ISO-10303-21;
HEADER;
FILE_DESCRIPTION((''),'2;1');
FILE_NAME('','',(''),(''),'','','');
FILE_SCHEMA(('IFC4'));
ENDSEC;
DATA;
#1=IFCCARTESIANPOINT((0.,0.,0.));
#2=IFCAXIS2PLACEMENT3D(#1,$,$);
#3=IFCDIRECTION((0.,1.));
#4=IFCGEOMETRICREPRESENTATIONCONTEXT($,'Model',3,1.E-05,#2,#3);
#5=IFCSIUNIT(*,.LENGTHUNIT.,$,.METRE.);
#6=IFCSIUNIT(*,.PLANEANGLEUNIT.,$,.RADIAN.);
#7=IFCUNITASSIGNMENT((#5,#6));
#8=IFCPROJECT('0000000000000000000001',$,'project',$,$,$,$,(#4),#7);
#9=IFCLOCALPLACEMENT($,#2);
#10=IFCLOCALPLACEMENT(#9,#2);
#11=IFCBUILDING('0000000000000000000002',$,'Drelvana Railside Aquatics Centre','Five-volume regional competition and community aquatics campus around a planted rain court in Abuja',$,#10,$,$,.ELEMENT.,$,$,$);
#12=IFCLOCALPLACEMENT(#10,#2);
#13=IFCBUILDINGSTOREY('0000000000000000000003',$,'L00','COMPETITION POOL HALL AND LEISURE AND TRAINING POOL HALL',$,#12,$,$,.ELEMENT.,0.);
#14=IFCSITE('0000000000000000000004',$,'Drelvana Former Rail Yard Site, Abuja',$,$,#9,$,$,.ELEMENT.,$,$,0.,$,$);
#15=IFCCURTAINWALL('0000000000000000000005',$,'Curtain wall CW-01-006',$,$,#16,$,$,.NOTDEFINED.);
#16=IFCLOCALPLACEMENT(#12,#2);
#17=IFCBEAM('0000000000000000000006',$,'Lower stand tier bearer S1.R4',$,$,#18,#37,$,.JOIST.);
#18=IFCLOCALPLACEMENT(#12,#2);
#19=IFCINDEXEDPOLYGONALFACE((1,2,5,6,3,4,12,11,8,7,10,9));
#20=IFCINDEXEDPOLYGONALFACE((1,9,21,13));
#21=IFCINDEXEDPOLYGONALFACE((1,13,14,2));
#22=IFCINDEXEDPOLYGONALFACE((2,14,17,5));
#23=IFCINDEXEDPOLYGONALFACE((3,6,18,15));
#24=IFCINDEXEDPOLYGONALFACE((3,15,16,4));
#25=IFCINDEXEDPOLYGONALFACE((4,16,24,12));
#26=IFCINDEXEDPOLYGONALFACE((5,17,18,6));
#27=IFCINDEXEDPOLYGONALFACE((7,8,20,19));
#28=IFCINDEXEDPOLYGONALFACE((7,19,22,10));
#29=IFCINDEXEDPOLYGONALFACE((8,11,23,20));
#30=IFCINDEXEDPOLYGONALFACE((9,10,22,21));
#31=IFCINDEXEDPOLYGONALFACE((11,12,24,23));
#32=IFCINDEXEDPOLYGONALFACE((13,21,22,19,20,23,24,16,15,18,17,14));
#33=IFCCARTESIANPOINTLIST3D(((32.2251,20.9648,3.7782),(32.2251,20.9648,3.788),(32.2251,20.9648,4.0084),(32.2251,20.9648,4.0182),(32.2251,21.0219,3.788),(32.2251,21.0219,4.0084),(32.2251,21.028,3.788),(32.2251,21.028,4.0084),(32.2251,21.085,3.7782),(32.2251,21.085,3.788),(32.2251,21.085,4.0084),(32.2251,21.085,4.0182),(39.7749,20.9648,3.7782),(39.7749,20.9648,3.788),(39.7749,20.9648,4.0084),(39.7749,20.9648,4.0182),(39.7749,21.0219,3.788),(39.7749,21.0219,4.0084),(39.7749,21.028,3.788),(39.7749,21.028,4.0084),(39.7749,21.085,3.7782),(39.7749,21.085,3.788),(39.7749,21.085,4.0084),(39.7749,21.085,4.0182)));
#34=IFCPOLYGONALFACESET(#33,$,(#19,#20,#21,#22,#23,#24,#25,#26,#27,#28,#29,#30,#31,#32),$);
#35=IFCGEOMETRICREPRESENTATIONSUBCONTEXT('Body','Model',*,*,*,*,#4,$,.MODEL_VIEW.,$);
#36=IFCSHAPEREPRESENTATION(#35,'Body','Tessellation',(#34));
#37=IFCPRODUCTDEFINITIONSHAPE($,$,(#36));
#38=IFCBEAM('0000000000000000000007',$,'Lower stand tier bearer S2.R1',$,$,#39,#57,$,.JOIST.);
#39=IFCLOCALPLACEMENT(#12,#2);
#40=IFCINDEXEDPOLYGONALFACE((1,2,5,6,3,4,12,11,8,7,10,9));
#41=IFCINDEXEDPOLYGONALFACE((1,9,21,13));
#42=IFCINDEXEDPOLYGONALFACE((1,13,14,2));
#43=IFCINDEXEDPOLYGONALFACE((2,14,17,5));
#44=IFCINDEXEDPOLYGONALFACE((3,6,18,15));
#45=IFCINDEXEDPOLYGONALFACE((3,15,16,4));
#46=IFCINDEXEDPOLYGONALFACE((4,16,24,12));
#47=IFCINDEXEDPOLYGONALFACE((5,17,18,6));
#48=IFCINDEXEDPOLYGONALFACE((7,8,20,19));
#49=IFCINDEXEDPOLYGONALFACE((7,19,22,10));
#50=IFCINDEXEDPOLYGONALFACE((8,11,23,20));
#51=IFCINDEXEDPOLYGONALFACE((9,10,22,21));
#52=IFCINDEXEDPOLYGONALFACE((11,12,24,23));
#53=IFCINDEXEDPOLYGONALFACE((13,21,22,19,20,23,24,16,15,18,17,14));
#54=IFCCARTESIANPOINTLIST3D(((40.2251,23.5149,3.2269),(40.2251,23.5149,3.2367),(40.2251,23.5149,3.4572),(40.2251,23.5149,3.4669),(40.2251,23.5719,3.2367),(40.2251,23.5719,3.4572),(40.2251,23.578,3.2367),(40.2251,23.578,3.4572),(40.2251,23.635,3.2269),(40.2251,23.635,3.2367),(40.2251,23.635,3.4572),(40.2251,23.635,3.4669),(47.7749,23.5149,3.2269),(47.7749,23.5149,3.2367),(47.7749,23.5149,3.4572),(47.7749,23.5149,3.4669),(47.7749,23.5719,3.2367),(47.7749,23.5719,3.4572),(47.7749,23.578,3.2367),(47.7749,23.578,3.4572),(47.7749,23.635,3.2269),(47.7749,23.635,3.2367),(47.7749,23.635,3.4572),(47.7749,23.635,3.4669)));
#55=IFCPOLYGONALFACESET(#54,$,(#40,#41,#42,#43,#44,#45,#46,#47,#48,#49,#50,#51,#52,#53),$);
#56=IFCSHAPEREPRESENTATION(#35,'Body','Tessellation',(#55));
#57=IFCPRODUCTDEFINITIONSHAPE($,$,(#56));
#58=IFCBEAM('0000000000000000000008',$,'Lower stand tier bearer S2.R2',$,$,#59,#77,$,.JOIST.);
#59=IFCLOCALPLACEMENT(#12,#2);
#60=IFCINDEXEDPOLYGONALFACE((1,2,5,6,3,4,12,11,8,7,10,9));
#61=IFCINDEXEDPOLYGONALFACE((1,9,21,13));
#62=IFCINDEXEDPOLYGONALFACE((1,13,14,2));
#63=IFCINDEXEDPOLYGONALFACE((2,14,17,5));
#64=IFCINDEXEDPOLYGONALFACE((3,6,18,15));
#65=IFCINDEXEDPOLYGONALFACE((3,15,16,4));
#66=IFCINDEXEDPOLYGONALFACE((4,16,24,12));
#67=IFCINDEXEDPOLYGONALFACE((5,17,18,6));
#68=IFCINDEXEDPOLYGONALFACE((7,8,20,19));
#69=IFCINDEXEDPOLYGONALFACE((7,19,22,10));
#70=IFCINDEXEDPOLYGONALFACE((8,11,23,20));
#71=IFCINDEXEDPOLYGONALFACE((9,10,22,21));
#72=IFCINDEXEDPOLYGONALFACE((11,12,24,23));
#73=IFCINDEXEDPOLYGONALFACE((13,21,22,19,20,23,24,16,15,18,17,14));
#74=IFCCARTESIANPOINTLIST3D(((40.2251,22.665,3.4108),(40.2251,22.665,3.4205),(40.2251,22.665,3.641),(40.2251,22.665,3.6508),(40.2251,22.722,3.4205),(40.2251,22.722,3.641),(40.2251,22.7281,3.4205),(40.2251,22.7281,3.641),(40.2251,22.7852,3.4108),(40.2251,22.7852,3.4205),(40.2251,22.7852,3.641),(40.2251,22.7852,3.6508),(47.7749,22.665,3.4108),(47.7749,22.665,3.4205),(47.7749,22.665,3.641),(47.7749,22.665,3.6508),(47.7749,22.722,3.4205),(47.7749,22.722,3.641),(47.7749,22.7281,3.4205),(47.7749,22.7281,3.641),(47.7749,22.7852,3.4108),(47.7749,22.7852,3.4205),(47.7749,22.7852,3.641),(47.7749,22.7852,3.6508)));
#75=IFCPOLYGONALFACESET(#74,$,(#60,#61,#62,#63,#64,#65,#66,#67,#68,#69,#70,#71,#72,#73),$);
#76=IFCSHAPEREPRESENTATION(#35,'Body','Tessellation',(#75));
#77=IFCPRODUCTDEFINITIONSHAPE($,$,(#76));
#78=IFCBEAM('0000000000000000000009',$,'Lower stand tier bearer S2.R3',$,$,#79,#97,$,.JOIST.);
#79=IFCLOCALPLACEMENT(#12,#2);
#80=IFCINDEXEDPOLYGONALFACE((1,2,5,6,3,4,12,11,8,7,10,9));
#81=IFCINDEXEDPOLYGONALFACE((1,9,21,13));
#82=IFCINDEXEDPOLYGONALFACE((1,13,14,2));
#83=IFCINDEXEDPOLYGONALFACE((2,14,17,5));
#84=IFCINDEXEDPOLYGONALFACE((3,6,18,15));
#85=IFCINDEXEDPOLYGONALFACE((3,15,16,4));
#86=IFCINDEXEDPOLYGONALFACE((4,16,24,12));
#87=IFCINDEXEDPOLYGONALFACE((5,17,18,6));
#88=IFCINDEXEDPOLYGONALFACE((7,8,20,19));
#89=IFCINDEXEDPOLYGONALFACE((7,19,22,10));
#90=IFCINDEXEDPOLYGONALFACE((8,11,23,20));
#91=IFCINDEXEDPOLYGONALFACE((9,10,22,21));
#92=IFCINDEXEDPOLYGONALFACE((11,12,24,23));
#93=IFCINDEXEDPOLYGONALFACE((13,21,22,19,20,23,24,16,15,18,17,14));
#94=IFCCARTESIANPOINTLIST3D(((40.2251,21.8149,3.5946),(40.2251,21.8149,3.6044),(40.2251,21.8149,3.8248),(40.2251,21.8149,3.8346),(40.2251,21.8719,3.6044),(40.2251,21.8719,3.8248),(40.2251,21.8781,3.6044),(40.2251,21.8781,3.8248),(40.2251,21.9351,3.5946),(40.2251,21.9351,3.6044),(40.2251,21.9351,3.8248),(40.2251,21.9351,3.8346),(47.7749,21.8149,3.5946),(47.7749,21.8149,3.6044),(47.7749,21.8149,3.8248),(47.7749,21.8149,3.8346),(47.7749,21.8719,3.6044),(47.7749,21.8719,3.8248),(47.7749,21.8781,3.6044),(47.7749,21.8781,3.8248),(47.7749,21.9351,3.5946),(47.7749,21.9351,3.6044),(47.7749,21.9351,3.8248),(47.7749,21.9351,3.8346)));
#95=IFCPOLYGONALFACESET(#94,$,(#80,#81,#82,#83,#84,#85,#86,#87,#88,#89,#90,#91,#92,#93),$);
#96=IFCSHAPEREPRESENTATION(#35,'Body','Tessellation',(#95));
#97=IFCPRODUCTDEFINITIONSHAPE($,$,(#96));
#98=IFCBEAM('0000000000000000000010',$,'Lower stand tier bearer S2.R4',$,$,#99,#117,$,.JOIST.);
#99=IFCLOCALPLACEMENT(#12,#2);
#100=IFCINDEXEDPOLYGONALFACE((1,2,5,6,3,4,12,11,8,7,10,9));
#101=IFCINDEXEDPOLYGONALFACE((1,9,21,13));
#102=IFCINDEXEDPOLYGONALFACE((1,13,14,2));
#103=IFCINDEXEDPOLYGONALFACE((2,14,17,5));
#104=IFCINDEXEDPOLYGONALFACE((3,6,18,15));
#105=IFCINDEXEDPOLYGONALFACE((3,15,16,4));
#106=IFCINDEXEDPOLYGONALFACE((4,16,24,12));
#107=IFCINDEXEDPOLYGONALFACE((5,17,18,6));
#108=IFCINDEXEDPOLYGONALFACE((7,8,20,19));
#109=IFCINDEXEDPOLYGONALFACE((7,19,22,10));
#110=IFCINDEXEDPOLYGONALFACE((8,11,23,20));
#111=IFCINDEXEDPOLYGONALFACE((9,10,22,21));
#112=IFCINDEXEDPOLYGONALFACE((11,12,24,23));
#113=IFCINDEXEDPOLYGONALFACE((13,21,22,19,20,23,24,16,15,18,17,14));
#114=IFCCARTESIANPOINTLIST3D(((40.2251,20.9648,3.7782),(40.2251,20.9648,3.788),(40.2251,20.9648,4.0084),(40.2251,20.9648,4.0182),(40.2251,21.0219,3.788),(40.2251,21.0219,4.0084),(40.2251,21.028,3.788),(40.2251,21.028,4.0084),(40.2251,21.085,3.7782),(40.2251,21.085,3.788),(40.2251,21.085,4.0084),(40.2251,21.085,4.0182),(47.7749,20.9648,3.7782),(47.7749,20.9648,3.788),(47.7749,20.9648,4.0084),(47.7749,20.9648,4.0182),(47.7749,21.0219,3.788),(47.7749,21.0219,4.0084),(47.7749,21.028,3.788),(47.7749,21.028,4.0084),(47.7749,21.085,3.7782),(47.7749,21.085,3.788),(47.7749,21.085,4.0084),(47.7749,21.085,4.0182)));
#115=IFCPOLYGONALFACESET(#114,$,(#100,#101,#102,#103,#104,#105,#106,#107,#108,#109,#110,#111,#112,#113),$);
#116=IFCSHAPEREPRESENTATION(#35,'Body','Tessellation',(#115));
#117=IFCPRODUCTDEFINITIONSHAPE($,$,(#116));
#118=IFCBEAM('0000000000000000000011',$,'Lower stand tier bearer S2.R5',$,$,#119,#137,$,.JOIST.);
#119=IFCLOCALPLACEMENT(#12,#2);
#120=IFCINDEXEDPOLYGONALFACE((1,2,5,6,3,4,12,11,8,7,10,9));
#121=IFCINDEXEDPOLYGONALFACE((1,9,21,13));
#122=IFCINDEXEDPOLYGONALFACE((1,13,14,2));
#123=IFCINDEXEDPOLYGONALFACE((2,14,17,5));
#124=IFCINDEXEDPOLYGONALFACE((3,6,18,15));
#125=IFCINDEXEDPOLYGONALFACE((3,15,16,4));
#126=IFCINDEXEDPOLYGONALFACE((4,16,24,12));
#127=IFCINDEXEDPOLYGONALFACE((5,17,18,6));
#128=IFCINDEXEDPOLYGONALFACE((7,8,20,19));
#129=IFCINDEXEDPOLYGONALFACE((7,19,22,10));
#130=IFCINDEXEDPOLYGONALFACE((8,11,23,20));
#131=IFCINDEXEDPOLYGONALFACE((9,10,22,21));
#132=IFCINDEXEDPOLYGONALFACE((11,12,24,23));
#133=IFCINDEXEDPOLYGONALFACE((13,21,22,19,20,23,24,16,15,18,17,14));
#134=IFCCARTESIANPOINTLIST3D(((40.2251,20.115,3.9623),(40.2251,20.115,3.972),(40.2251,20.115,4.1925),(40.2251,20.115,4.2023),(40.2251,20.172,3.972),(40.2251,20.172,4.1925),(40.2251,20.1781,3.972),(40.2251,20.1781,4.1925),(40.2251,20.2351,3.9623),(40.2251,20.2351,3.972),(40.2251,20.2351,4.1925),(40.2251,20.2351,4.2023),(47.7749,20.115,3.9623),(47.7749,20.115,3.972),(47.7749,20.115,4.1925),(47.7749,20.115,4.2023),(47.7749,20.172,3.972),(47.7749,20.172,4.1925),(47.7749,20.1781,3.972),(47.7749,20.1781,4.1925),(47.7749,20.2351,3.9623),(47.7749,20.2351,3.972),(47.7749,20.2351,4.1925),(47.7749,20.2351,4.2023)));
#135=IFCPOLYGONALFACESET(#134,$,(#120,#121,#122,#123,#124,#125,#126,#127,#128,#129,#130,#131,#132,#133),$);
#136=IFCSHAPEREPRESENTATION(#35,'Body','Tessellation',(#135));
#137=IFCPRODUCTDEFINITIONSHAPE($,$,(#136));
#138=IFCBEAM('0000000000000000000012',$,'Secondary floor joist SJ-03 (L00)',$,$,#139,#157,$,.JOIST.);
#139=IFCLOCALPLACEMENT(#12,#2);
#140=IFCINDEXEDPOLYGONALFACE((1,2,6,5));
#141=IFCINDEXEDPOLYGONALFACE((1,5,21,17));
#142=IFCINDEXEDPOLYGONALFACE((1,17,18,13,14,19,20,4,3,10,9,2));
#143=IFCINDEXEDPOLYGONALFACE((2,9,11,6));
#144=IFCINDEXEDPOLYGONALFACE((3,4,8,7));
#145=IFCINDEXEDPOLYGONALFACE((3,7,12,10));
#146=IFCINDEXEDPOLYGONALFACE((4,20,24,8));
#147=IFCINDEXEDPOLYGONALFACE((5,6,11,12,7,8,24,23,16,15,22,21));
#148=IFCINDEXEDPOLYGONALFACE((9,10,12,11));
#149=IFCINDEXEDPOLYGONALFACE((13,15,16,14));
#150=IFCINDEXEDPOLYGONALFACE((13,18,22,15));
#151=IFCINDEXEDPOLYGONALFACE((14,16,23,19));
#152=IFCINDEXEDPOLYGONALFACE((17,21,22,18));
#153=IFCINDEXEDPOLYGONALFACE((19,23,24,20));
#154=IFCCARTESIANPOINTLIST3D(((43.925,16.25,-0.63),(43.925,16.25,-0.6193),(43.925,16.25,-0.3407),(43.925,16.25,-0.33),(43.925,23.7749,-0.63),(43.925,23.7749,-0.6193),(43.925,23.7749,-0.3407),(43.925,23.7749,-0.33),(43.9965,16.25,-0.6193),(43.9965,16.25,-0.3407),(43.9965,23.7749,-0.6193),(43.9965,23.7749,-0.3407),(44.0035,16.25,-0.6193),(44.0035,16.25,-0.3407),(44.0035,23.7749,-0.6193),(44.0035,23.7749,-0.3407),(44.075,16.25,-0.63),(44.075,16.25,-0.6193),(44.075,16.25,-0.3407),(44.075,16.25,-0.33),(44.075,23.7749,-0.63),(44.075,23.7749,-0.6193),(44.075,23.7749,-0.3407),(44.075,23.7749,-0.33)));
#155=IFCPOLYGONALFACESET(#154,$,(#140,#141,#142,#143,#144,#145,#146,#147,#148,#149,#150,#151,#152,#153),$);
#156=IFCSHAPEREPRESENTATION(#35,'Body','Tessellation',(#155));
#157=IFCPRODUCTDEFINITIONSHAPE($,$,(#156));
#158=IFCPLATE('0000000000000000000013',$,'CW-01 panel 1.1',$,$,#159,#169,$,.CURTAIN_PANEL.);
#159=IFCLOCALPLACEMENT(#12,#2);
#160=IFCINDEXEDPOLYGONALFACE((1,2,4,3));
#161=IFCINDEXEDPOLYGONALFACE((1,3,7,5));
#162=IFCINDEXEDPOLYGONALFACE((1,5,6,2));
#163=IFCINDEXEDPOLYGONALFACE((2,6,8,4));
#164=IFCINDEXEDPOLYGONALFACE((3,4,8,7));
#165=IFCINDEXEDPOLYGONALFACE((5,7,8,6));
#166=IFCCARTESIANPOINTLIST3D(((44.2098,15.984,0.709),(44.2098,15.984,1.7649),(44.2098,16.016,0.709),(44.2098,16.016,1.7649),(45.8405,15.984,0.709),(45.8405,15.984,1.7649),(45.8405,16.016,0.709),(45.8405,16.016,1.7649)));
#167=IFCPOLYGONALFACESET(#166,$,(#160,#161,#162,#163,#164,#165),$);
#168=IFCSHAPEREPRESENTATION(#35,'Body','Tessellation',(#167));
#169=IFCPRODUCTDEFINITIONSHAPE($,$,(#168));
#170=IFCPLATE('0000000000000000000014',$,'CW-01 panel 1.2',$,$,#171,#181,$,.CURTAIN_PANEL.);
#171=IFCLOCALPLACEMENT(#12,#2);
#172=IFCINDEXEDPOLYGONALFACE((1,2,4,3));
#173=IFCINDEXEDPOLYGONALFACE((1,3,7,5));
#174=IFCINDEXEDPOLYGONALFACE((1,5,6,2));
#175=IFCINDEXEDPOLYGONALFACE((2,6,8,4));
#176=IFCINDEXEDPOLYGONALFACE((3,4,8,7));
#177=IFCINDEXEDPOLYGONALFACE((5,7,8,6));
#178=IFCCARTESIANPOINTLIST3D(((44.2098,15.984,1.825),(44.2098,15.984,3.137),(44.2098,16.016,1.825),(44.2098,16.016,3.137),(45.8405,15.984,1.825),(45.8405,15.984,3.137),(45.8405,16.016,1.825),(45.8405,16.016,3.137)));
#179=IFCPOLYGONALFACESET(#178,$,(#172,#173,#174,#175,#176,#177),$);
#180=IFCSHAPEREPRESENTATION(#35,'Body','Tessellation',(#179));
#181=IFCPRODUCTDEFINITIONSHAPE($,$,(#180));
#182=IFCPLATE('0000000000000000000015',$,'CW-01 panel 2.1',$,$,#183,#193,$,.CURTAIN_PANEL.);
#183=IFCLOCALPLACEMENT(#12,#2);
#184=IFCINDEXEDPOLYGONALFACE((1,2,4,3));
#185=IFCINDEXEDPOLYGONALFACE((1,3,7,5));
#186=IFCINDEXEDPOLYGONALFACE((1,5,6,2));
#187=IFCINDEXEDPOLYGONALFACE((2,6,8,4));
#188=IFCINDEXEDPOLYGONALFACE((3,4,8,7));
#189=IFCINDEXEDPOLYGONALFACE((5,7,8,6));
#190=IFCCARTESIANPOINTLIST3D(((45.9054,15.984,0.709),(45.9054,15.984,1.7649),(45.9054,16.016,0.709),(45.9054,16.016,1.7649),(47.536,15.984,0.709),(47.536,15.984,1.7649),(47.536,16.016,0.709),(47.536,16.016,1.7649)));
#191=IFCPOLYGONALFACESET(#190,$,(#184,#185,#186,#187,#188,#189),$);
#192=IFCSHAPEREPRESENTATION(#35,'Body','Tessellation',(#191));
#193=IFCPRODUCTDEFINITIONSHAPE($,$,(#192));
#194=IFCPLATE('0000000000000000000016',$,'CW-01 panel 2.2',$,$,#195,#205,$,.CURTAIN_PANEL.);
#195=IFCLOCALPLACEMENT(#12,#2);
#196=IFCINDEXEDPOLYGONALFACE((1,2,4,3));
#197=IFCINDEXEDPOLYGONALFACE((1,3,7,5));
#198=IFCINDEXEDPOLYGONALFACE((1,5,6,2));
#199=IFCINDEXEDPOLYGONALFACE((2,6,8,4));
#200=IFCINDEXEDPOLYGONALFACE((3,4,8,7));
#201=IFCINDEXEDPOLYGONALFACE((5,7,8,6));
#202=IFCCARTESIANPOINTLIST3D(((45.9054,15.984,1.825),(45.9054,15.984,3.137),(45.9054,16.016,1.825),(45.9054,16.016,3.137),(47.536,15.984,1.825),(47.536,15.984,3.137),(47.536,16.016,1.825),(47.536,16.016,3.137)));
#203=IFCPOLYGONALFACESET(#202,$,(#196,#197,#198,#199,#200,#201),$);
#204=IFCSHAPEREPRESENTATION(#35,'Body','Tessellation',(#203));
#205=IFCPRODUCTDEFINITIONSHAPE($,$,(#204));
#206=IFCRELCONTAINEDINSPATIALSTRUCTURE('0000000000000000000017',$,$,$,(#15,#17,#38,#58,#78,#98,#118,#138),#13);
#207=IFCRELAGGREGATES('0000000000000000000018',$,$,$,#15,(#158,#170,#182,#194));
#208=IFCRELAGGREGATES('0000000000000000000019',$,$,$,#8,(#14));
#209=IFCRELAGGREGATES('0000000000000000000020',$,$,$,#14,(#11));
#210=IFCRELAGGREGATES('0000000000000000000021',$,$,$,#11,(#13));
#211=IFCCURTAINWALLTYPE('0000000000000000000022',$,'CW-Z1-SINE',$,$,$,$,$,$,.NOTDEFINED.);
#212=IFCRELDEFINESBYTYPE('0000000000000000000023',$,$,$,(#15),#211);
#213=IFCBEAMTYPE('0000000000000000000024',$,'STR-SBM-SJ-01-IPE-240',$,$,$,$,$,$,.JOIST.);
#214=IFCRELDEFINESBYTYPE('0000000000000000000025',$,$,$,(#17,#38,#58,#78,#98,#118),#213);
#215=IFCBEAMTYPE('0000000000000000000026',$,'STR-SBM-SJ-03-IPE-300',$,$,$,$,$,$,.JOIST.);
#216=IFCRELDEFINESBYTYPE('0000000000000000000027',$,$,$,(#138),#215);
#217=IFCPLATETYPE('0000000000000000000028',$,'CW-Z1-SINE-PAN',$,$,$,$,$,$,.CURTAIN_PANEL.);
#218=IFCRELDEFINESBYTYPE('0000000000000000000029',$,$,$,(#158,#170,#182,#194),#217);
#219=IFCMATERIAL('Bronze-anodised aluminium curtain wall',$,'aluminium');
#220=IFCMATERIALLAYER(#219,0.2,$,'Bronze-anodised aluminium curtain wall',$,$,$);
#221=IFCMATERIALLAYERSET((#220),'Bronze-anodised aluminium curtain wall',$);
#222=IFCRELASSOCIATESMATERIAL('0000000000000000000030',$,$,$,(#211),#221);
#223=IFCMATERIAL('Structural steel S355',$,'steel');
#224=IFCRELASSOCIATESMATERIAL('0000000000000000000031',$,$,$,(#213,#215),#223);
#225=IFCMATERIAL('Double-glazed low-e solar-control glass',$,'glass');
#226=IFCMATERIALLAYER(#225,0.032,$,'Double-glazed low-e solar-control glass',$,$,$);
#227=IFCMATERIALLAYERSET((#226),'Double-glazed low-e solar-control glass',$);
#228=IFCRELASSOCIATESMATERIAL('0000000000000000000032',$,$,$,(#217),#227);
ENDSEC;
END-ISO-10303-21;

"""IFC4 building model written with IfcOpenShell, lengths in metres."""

from ifc_helpers import new_model, si_unit, direction, frame, origin, origin_2d, place, context, subcontext, project, spatial, rectangle, i_section, extrude, material, layer, layer_set, material_profile, profile_set, type_object, element, aggregate, save


model = new_model("IFC4")

# Units and contexts
model_context = context("Model", 3, precision=1e-05, world=origin(), true_north=direction((0.0, 1.0)))
body_context = subcontext(model_context, "Body", "Model", "MODEL_VIEW")
ifc_project = project(units=[si_unit("LENGTHUNIT", "METRE"), si_unit("PLANEANGLEUNIT", "RADIAN")], contexts=[model_context])

# Site, building, storey
site_placement = place(None, origin())
site = spatial("IfcSite", under=ifc_project, at=site_placement, Name="Drelvana Former Rail Yard Site, Abuja", CompositionType="ELEMENT", RefElevation=0.0)
building_placement = place(site_placement, origin())
building = spatial("IfcBuilding", under=site, at=building_placement, Name="Drelvana Railside Aquatics Centre", Description="Five-volume regional competition and community aquatics campus around a planted rain court in Abuja", CompositionType="ELEMENT")
storey_placement = place(building_placement, origin())
storey = spatial("IfcBuildingStorey", under=building, at=storey_placement, Name="L00", Description="COMPETITION POOL HALL AND LEISURE AND TRAINING POOL HALL", CompositionType="ELEMENT", Elevation=0.0)

# Curtain wall
ifc_material_1 = material(Name="Bronze-anodised aluminium curtain wall", Category="aluminium")
ifc_layer_1 = layer(ifc_material_1, 0.2, Name="Bronze-anodised aluminium curtain wall")
ifc_layer_set_1 = layer_set([ifc_layer_1], Name="Bronze-anodised aluminium curtain wall")
curtain_wall_type = type_object("IfcCurtainWallType", Name="CW-Z1-SINE", PredefinedType="NOTDEFINED", material=ifc_layer_set_1)
curtain_wall_placement = place(storey_placement, origin())
curtain_wall = element("IfcCurtainWall", 1, at=curtain_wall_placement, inside=storey, type_object=curtain_wall_type, Name="Curtain wall CW-01-006", PredefinedType="NOTDEFINED")

# Beams
ifc_material_2 = material(Name="Structural steel S355", Category="steel")
ifc_material_profile_1 = material_profile(ifc_material_2, i_section(OverallWidth=0.1201, OverallDepth=0.24, WebThickness=0.0061, FlangeThickness=0.0098, at=origin_2d()), Name="IPE 240")
ifc_profile_set_1 = profile_set([ifc_material_profile_1], Name="Structural steel S355")
beam_type_1 = type_object("IfcBeamType", Name="STR-SBM-SJ-01-IPE-240", PredefinedType="JOIST", material=ifc_profile_set_1)
for number, where, z_axis, x_axis, name in (
    (2, (32.2251, 21.0249, 3.8982), (1.0, 0.0, 0.0), (0.0, 1.0, 0.0), "Lower stand tier bearer S1.R4"),
    (3, (40.2251, 23.575, 3.3469), (1.0, 0.0, 0.0), (0.0, 1.0, 0.0), "Lower stand tier bearer S2.R1"),
    (4, (40.2251, 22.7251, 3.5308), (1.0, 0.0, 0.0), (0.0, 1.0, 0.0), "Lower stand tier bearer S2.R2"),
    (5, (40.2251, 21.875, 3.7146), (1.0, 0.0, 0.0), (0.0, 1.0, 0.0), "Lower stand tier bearer S2.R3"),
    (6, (40.2251, 21.0249, 3.8982), (1.0, 0.0, 0.0), (0.0, 1.0, 0.0), "Lower stand tier bearer S2.R4"),
    (7, (40.2251, 20.175, 4.0823), (1.0, 0.0, 0.0), (0.0, 1.0, 0.0), "Lower stand tier bearer S2.R5"),
):
    element("IfcBeam", number, at=place(storey_placement, frame(where, z_axis=z_axis, x_axis=x_axis)), inside=storey, type_object=beam_type_1, Name=name, PredefinedType="JOIST", context=body_context, shape_type="SweptSolid", body=[
        extrude(i_section(OverallWidth=0.1201, OverallDepth=0.24, WebThickness=0.0061, FlangeThickness=0.0098, at=origin_2d()), origin(), (0.0, 0.0, 1.0), 7.5498),
    ])
ifc_material_profile_2 = material_profile(ifc_material_2, i_section(OverallWidth=0.1499, OverallDepth=0.3, WebThickness=0.0071, FlangeThickness=0.0107, at=origin_2d()), Name="IPE 300")
ifc_profile_set_2 = profile_set([ifc_material_profile_2], Name="Structural steel S355")
beam_type_2 = type_object("IfcBeamType", Name="STR-SBM-SJ-03-IPE-300", PredefinedType="JOIST", material=ifc_profile_set_2)
beam_1_placement = place(storey_placement, frame((44.0, 16.25, -0.48), z_axis=(0.0, 1.0, 0.0), x_axis=(-1.0, 0.0, 0.0)))
element("IfcBeam", 8, at=beam_1_placement, inside=storey, type_object=beam_type_2, Name="Secondary floor joist SJ-03 (L00)", PredefinedType="JOIST", context=body_context, shape_type="SweptSolid", body=[
    extrude(i_section(OverallWidth=0.1499, OverallDepth=0.3, WebThickness=0.0071, FlangeThickness=0.0107, at=origin_2d()), origin(), (0.0, 0.0, 1.0), 7.5249),
])

# Plates
ifc_material_3 = material(Name="Double-glazed low-e solar-control glass", Category="glass")
ifc_layer_2 = layer(ifc_material_3, 0.032, Name="Double-glazed low-e solar-control glass")
ifc_layer_set_2 = layer_set([ifc_layer_2], Name="Double-glazed low-e solar-control glass")
plate_type = type_object("IfcPlateType", Name="CW-Z1-SINE-PAN", PredefinedType="CURTAIN_PANEL", material=ifc_layer_set_2)
plate_1_placement = place(storey_placement, frame((45.0251, 16.0, 0.709), z_axis=(0.0, 0.0, 1.0), x_axis=(1.0, 0.0, 0.0)))
plate_1 = element("IfcPlate", 9, at=plate_1_placement, type_object=plate_type, Name="CW-01 panel 1.1", PredefinedType="CURTAIN_PANEL", context=body_context, shape_type="SweptSolid", body=[
    extrude(rectangle(XDim=1.6306, YDim=0.032, at=origin_2d()), origin(), (0.0, 0.0, 1.0), 1.0559),
])
plate_2_placement = place(storey_placement, frame((45.0251, 16.0, 1.825), z_axis=(0.0, 0.0, 1.0), x_axis=(1.0, 0.0, 0.0)))
plate_2 = element("IfcPlate", 10, at=plate_2_placement, type_object=plate_type, Name="CW-01 panel 1.2", PredefinedType="CURTAIN_PANEL", context=body_context, shape_type="SweptSolid", body=[
    extrude(rectangle(XDim=1.6306, YDim=0.032, at=origin_2d()), origin(), (0.0, 0.0, 1.0), 1.312),
])
plate_3_placement = place(storey_placement, frame((46.7207, 16.0, 0.709), z_axis=(0.0, 0.0, 1.0), x_axis=(1.0, 0.0, 0.0)))
plate_3 = element("IfcPlate", 11, at=plate_3_placement, type_object=plate_type, Name="CW-01 panel 2.1", PredefinedType="CURTAIN_PANEL", context=body_context, shape_type="SweptSolid", body=[
    extrude(rectangle(XDim=1.6306, YDim=0.032, at=origin_2d()), origin(), (0.0, 0.0, 1.0), 1.0559),
])
plate_4_placement = place(storey_placement, frame((46.7207, 16.0, 1.825), z_axis=(0.0, 0.0, 1.0), x_axis=(1.0, 0.0, 0.0)))
plate_4 = element("IfcPlate", 12, at=plate_4_placement, type_object=plate_type, Name="CW-01 panel 2.2", PredefinedType="CURTAIN_PANEL", context=body_context, shape_type="SweptSolid", body=[
    extrude(rectangle(XDim=1.6306, YDim=0.032, at=origin_2d()), origin(), (0.0, 0.0, 1.0), 1.312),
])
aggregate(curtain_wall, [plate_1, plate_2, plate_3, plate_4])

save(model, "model.ifc")
